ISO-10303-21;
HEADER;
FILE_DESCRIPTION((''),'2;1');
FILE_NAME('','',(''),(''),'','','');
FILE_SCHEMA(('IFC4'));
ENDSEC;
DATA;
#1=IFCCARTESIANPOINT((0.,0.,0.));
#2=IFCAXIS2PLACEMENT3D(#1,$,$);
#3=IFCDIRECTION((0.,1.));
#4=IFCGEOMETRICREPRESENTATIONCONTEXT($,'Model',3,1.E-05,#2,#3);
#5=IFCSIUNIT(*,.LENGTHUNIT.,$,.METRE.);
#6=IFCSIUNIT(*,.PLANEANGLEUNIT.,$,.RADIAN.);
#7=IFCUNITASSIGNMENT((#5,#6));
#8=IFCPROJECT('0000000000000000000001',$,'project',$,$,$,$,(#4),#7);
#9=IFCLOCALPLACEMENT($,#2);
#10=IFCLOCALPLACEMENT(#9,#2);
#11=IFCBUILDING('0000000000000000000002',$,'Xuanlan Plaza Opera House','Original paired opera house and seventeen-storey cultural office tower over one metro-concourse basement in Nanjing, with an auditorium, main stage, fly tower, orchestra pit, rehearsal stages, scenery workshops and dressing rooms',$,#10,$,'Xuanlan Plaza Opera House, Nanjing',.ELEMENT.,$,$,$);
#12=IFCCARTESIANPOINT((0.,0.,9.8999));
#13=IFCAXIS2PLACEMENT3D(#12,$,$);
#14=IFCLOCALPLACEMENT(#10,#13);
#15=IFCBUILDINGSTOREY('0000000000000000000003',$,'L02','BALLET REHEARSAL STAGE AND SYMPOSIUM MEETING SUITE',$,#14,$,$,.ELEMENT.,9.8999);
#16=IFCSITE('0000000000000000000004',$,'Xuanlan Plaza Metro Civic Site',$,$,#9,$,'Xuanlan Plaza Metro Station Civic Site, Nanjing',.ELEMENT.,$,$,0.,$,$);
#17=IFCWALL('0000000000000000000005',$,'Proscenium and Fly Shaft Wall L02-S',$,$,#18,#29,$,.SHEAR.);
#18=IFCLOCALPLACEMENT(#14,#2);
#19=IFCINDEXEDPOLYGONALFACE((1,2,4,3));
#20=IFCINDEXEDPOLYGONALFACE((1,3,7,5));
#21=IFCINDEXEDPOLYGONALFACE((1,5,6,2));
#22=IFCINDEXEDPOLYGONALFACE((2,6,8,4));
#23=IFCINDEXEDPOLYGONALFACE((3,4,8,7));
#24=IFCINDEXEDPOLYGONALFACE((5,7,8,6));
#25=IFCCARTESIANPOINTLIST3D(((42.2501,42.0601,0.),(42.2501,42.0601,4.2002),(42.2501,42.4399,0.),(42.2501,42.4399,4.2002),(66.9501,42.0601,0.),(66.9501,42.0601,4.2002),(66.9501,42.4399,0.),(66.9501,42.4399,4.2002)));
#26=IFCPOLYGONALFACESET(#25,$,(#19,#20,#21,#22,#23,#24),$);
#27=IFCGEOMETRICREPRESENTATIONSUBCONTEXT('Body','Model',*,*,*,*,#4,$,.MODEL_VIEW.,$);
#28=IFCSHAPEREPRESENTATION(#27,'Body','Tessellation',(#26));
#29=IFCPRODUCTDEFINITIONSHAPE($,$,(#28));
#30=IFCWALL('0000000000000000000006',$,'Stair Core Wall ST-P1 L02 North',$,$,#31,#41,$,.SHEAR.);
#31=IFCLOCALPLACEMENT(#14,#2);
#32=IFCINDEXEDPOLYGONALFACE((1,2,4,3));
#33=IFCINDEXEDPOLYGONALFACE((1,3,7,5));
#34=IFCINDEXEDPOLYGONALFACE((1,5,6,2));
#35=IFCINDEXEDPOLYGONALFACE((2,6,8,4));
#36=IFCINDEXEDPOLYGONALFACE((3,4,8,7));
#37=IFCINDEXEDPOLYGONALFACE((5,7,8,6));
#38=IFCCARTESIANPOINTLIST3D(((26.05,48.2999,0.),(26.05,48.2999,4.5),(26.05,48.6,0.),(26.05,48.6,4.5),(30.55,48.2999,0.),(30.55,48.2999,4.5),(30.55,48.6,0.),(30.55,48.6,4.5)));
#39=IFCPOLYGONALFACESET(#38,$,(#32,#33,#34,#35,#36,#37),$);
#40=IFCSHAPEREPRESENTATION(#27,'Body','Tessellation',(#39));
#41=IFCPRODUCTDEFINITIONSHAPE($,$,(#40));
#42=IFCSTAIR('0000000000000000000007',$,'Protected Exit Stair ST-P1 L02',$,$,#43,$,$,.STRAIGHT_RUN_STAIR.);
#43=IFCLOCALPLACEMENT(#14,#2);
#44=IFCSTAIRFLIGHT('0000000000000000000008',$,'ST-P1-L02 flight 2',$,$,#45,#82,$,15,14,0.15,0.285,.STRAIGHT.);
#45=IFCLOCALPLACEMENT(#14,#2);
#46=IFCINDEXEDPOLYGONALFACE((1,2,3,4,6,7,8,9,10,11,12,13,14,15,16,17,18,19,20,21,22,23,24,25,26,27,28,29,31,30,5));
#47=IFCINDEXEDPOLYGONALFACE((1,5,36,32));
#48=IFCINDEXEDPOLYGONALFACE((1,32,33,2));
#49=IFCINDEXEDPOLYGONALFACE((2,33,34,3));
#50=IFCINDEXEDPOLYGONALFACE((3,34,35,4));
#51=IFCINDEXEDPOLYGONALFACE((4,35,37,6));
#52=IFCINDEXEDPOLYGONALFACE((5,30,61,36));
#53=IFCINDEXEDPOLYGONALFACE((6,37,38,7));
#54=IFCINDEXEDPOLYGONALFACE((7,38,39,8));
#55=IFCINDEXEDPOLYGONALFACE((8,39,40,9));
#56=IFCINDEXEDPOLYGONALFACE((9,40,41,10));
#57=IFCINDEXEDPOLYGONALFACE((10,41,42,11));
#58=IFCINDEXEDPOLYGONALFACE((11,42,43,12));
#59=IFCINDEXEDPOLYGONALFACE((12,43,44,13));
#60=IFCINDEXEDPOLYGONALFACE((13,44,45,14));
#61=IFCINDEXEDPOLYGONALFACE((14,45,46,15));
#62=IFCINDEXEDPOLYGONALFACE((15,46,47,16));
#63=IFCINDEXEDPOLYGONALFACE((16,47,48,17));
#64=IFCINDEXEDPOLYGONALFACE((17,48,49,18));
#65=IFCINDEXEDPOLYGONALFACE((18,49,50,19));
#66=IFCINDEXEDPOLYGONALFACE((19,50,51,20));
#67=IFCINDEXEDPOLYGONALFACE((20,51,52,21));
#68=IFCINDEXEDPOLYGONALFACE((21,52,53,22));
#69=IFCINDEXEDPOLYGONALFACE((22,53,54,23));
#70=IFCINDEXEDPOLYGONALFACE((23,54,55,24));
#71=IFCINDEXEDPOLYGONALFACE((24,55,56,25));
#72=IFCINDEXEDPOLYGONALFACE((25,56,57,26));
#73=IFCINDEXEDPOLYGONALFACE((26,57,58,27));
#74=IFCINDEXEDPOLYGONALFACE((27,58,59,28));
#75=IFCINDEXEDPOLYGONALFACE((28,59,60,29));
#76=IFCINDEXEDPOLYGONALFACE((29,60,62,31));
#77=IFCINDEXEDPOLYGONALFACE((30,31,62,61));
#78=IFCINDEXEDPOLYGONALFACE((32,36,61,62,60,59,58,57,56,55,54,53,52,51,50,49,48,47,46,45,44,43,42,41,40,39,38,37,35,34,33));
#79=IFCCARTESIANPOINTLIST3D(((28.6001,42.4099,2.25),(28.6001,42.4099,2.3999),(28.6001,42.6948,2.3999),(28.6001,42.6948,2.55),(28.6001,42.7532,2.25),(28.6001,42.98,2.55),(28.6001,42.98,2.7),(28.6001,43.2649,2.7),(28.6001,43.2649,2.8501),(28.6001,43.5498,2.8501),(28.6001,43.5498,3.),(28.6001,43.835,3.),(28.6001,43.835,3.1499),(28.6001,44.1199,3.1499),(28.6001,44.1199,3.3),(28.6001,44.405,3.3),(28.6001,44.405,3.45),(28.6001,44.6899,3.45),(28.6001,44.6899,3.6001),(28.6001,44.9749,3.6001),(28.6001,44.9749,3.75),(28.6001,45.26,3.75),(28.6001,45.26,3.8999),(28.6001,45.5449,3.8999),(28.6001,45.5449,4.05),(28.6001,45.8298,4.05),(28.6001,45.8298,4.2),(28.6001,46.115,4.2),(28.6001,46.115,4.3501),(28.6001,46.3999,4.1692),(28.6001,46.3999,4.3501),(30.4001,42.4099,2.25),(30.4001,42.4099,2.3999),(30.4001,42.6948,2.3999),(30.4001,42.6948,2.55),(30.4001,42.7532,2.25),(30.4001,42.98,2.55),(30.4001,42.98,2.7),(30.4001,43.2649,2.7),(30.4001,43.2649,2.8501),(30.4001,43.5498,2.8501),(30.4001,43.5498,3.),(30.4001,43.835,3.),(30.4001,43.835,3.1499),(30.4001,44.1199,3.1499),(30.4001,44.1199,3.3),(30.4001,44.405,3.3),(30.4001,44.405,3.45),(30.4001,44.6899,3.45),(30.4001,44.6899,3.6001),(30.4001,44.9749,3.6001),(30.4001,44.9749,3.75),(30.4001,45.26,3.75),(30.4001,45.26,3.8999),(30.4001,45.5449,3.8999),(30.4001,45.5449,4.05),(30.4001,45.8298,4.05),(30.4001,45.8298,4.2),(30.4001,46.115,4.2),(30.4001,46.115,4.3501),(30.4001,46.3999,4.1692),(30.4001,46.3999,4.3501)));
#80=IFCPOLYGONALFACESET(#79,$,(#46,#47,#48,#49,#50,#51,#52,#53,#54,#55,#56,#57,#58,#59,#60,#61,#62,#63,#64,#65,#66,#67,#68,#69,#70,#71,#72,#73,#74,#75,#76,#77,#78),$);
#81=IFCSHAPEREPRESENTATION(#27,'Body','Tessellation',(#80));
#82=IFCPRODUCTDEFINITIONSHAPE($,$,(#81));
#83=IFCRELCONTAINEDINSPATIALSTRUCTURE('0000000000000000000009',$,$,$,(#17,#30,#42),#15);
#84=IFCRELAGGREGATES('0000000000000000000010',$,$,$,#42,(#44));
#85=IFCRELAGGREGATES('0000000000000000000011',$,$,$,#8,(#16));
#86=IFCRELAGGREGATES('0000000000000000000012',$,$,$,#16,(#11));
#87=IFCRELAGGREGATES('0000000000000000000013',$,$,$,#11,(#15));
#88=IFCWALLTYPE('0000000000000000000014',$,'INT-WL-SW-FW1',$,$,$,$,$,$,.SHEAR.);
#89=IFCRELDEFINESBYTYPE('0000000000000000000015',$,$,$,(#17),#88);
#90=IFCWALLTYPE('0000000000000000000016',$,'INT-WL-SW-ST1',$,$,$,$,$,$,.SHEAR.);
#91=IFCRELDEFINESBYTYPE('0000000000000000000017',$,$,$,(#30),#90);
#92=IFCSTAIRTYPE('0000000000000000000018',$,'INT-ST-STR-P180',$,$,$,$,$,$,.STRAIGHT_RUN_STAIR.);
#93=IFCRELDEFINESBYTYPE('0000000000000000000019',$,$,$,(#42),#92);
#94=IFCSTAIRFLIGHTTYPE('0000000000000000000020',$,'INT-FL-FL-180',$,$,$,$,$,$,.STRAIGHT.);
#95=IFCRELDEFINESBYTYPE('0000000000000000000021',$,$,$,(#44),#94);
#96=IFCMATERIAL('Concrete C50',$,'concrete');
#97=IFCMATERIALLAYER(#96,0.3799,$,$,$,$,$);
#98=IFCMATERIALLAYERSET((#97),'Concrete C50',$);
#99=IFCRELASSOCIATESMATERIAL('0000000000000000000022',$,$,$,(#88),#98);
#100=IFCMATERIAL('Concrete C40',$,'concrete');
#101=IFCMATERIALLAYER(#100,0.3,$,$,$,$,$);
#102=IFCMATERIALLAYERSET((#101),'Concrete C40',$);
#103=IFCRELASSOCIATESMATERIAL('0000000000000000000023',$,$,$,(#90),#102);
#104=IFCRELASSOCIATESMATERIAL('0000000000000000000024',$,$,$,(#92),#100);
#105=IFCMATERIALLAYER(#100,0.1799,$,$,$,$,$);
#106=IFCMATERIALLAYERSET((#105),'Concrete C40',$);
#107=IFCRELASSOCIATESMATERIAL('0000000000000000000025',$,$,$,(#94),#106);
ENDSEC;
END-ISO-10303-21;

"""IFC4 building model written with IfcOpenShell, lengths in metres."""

from ifc_helpers import new_model, si_unit, direction, frame, frame_2d, origin, place, context, subcontext, project, spatial, polyline, rectangle, outline, extrude, material, layer, layer_set, type_object, element, aggregate, save


model = new_model("IFC4")

# Units and contexts
model_context = context("Model", 3, precision=1e-05, world=origin(), true_north=direction((0.0, 1.0)))
body_context = subcontext(model_context, "Body", "Model", "MODEL_VIEW")
ifc_project = project(units=[si_unit("LENGTHUNIT", "METRE"), si_unit("PLANEANGLEUNIT", "RADIAN")], contexts=[model_context])

# Site, building, storey
site_placement = place(None, origin())
site = spatial("IfcSite", under=ifc_project, at=site_placement, Name="Xuanlan Plaza Metro Civic Site", LongName="Xuanlan Plaza Metro Station Civic Site, Nanjing", CompositionType="ELEMENT", RefElevation=0.0)
building_placement = place(site_placement, origin())
building = spatial("IfcBuilding", under=site, at=building_placement, Name="Xuanlan Plaza Opera House", Description="Original paired opera house and seventeen-storey cultural office tower over one metro-concourse basement in Nanjing, with an auditorium, main stage, fly tower, orchestra pit, rehearsal stages, scenery workshops and dressing rooms", LongName="Xuanlan Plaza Opera House, Nanjing", CompositionType="ELEMENT")
storey_placement = place(building_placement, frame((0.0, 0.0, 9.8999)))
storey = spatial("IfcBuildingStorey", under=building, at=storey_placement, Name="L02", Description="BALLET REHEARSAL STAGE AND SYMPOSIUM MEETING SUITE", CompositionType="ELEMENT", Elevation=9.8999)

# Shared definitions
ifc_material_1 = material(Name="Concrete C40", Category="concrete")

# Shared definitions
ifc_material_2 = material(Name="Concrete C50", Category="concrete")

# Walls
ifc_layer_1 = layer(ifc_material_2, 0.3799)
ifc_layer_set_1 = layer_set([ifc_layer_1], Name="Concrete C50")
wall_type_1 = type_object("IfcWallType", Name="INT-WL-SW-FW1", PredefinedType="SHEAR", material=ifc_layer_set_1)
wall_1_placement = place(storey_placement, frame((42.25, 42.25, 0.0), z_axis=(0.0, 0.0, 1.0), x_axis=(1.0, 0.0, 0.0)))
element("IfcWall", 1, at=wall_1_placement, inside=storey, type_object=wall_type_1, Name="Proscenium and Fly Shaft Wall L02-S", PredefinedType="SHEAR", context=body_context, shape_type="SweptSolid", body=[
    extrude(rectangle(XDim=24.7, YDim=0.3799, at=frame_2d((12.3501, 0.0))), origin(), (0.0, 0.0, 1.0), 4.2002),
])
ifc_layer_2 = layer(ifc_material_1, 0.3)
ifc_layer_set_2 = layer_set([ifc_layer_2], Name="Concrete C40")
wall_type_2 = type_object("IfcWallType", Name="INT-WL-SW-ST1", PredefinedType="SHEAR", material=ifc_layer_set_2)
wall_2_placement = place(storey_placement, frame((26.05, 48.45, 0.0), z_axis=(0.0, 0.0, 1.0), x_axis=(1.0, 0.0, 0.0)))
element("IfcWall", 2, at=wall_2_placement, inside=storey, type_object=wall_type_2, Name="Stair Core Wall ST-P1 L02 North", PredefinedType="SHEAR", context=body_context, shape_type="SweptSolid", body=[
    extrude(rectangle(XDim=4.5, YDim=0.3, at=frame_2d((2.25, 0.0))), origin(), (0.0, 0.0, 1.0), 4.5),
])

# Stair, stair flight
stair_type = type_object("IfcStairType", Name="INT-ST-STR-P180", PredefinedType="STRAIGHT_RUN_STAIR", material=ifc_material_1)
stair_placement = place(storey_placement, origin())
stair = element("IfcStair", 3, at=stair_placement, inside=storey, type_object=stair_type, Name="Protected Exit Stair ST-P1 L02", PredefinedType="STRAIGHT_RUN_STAIR")
ifc_layer_3 = layer(ifc_material_1, 0.1799)
ifc_layer_set_3 = layer_set([ifc_layer_3], Name="Concrete C40")
stair_flight_type = type_object("IfcStairFlightType", Name="INT-FL-FL-180", PredefinedType="STRAIGHT", material=ifc_layer_set_3)
stair_flight_placement = place(storey_placement, frame((29.5, 42.4099, 2.25), z_axis=(0.0, 0.0, 1.0), x_axis=(0.0, 1.0, 0.0)))
stair_flight = element("IfcStairFlight", 4, at=stair_flight_placement, type_object=stair_flight_type, Name="ST-P1-L02 flight 2", NumberOfRisers=15, NumberOfTreads=14, PredefinedType="STRAIGHT", RiserHeight=0.15, TreadLength=0.285, context=body_context, shape_type="SweptSolid", body=[
    extrude(outline(polyline([(0.0, 0.0), (0.0, 0.1499), (0.2849, 0.1499), (0.2849, 0.3), (0.5701, 0.3), (0.5701, 0.45), (0.855, 0.45), (0.855, 0.6001), (1.1399, 0.6001), (1.1399, 0.75), (1.425, 0.75), (1.425, 0.8999), (1.71, 0.8999), (1.71, 1.05), (1.9951, 1.05), (1.9951, 1.2), (2.28, 1.2), (2.28, 1.3501), (2.5649, 1.3501), (2.5649, 1.5), (2.8501, 1.5), (2.8501, 1.6499), (3.135, 1.6499), (3.135, 1.8), (3.4199, 1.8), (3.4199, 1.95), (3.7051, 1.95), (3.7051, 2.1001), (3.99, 2.1001), (3.99, 2.25), (3.99, 1.9192), (0.3433, 0.0), (0.0, 0.0)])), frame((0.0, 0.8999, 0.0), z_axis=(0.0, -1.0, 0.0), x_axis=(1.0, 0.0, 0.0)), (0.0, 0.0, 1.0), 1.8),
])
aggregate(stair, [stair_flight])

save(model, "model.ifc")
